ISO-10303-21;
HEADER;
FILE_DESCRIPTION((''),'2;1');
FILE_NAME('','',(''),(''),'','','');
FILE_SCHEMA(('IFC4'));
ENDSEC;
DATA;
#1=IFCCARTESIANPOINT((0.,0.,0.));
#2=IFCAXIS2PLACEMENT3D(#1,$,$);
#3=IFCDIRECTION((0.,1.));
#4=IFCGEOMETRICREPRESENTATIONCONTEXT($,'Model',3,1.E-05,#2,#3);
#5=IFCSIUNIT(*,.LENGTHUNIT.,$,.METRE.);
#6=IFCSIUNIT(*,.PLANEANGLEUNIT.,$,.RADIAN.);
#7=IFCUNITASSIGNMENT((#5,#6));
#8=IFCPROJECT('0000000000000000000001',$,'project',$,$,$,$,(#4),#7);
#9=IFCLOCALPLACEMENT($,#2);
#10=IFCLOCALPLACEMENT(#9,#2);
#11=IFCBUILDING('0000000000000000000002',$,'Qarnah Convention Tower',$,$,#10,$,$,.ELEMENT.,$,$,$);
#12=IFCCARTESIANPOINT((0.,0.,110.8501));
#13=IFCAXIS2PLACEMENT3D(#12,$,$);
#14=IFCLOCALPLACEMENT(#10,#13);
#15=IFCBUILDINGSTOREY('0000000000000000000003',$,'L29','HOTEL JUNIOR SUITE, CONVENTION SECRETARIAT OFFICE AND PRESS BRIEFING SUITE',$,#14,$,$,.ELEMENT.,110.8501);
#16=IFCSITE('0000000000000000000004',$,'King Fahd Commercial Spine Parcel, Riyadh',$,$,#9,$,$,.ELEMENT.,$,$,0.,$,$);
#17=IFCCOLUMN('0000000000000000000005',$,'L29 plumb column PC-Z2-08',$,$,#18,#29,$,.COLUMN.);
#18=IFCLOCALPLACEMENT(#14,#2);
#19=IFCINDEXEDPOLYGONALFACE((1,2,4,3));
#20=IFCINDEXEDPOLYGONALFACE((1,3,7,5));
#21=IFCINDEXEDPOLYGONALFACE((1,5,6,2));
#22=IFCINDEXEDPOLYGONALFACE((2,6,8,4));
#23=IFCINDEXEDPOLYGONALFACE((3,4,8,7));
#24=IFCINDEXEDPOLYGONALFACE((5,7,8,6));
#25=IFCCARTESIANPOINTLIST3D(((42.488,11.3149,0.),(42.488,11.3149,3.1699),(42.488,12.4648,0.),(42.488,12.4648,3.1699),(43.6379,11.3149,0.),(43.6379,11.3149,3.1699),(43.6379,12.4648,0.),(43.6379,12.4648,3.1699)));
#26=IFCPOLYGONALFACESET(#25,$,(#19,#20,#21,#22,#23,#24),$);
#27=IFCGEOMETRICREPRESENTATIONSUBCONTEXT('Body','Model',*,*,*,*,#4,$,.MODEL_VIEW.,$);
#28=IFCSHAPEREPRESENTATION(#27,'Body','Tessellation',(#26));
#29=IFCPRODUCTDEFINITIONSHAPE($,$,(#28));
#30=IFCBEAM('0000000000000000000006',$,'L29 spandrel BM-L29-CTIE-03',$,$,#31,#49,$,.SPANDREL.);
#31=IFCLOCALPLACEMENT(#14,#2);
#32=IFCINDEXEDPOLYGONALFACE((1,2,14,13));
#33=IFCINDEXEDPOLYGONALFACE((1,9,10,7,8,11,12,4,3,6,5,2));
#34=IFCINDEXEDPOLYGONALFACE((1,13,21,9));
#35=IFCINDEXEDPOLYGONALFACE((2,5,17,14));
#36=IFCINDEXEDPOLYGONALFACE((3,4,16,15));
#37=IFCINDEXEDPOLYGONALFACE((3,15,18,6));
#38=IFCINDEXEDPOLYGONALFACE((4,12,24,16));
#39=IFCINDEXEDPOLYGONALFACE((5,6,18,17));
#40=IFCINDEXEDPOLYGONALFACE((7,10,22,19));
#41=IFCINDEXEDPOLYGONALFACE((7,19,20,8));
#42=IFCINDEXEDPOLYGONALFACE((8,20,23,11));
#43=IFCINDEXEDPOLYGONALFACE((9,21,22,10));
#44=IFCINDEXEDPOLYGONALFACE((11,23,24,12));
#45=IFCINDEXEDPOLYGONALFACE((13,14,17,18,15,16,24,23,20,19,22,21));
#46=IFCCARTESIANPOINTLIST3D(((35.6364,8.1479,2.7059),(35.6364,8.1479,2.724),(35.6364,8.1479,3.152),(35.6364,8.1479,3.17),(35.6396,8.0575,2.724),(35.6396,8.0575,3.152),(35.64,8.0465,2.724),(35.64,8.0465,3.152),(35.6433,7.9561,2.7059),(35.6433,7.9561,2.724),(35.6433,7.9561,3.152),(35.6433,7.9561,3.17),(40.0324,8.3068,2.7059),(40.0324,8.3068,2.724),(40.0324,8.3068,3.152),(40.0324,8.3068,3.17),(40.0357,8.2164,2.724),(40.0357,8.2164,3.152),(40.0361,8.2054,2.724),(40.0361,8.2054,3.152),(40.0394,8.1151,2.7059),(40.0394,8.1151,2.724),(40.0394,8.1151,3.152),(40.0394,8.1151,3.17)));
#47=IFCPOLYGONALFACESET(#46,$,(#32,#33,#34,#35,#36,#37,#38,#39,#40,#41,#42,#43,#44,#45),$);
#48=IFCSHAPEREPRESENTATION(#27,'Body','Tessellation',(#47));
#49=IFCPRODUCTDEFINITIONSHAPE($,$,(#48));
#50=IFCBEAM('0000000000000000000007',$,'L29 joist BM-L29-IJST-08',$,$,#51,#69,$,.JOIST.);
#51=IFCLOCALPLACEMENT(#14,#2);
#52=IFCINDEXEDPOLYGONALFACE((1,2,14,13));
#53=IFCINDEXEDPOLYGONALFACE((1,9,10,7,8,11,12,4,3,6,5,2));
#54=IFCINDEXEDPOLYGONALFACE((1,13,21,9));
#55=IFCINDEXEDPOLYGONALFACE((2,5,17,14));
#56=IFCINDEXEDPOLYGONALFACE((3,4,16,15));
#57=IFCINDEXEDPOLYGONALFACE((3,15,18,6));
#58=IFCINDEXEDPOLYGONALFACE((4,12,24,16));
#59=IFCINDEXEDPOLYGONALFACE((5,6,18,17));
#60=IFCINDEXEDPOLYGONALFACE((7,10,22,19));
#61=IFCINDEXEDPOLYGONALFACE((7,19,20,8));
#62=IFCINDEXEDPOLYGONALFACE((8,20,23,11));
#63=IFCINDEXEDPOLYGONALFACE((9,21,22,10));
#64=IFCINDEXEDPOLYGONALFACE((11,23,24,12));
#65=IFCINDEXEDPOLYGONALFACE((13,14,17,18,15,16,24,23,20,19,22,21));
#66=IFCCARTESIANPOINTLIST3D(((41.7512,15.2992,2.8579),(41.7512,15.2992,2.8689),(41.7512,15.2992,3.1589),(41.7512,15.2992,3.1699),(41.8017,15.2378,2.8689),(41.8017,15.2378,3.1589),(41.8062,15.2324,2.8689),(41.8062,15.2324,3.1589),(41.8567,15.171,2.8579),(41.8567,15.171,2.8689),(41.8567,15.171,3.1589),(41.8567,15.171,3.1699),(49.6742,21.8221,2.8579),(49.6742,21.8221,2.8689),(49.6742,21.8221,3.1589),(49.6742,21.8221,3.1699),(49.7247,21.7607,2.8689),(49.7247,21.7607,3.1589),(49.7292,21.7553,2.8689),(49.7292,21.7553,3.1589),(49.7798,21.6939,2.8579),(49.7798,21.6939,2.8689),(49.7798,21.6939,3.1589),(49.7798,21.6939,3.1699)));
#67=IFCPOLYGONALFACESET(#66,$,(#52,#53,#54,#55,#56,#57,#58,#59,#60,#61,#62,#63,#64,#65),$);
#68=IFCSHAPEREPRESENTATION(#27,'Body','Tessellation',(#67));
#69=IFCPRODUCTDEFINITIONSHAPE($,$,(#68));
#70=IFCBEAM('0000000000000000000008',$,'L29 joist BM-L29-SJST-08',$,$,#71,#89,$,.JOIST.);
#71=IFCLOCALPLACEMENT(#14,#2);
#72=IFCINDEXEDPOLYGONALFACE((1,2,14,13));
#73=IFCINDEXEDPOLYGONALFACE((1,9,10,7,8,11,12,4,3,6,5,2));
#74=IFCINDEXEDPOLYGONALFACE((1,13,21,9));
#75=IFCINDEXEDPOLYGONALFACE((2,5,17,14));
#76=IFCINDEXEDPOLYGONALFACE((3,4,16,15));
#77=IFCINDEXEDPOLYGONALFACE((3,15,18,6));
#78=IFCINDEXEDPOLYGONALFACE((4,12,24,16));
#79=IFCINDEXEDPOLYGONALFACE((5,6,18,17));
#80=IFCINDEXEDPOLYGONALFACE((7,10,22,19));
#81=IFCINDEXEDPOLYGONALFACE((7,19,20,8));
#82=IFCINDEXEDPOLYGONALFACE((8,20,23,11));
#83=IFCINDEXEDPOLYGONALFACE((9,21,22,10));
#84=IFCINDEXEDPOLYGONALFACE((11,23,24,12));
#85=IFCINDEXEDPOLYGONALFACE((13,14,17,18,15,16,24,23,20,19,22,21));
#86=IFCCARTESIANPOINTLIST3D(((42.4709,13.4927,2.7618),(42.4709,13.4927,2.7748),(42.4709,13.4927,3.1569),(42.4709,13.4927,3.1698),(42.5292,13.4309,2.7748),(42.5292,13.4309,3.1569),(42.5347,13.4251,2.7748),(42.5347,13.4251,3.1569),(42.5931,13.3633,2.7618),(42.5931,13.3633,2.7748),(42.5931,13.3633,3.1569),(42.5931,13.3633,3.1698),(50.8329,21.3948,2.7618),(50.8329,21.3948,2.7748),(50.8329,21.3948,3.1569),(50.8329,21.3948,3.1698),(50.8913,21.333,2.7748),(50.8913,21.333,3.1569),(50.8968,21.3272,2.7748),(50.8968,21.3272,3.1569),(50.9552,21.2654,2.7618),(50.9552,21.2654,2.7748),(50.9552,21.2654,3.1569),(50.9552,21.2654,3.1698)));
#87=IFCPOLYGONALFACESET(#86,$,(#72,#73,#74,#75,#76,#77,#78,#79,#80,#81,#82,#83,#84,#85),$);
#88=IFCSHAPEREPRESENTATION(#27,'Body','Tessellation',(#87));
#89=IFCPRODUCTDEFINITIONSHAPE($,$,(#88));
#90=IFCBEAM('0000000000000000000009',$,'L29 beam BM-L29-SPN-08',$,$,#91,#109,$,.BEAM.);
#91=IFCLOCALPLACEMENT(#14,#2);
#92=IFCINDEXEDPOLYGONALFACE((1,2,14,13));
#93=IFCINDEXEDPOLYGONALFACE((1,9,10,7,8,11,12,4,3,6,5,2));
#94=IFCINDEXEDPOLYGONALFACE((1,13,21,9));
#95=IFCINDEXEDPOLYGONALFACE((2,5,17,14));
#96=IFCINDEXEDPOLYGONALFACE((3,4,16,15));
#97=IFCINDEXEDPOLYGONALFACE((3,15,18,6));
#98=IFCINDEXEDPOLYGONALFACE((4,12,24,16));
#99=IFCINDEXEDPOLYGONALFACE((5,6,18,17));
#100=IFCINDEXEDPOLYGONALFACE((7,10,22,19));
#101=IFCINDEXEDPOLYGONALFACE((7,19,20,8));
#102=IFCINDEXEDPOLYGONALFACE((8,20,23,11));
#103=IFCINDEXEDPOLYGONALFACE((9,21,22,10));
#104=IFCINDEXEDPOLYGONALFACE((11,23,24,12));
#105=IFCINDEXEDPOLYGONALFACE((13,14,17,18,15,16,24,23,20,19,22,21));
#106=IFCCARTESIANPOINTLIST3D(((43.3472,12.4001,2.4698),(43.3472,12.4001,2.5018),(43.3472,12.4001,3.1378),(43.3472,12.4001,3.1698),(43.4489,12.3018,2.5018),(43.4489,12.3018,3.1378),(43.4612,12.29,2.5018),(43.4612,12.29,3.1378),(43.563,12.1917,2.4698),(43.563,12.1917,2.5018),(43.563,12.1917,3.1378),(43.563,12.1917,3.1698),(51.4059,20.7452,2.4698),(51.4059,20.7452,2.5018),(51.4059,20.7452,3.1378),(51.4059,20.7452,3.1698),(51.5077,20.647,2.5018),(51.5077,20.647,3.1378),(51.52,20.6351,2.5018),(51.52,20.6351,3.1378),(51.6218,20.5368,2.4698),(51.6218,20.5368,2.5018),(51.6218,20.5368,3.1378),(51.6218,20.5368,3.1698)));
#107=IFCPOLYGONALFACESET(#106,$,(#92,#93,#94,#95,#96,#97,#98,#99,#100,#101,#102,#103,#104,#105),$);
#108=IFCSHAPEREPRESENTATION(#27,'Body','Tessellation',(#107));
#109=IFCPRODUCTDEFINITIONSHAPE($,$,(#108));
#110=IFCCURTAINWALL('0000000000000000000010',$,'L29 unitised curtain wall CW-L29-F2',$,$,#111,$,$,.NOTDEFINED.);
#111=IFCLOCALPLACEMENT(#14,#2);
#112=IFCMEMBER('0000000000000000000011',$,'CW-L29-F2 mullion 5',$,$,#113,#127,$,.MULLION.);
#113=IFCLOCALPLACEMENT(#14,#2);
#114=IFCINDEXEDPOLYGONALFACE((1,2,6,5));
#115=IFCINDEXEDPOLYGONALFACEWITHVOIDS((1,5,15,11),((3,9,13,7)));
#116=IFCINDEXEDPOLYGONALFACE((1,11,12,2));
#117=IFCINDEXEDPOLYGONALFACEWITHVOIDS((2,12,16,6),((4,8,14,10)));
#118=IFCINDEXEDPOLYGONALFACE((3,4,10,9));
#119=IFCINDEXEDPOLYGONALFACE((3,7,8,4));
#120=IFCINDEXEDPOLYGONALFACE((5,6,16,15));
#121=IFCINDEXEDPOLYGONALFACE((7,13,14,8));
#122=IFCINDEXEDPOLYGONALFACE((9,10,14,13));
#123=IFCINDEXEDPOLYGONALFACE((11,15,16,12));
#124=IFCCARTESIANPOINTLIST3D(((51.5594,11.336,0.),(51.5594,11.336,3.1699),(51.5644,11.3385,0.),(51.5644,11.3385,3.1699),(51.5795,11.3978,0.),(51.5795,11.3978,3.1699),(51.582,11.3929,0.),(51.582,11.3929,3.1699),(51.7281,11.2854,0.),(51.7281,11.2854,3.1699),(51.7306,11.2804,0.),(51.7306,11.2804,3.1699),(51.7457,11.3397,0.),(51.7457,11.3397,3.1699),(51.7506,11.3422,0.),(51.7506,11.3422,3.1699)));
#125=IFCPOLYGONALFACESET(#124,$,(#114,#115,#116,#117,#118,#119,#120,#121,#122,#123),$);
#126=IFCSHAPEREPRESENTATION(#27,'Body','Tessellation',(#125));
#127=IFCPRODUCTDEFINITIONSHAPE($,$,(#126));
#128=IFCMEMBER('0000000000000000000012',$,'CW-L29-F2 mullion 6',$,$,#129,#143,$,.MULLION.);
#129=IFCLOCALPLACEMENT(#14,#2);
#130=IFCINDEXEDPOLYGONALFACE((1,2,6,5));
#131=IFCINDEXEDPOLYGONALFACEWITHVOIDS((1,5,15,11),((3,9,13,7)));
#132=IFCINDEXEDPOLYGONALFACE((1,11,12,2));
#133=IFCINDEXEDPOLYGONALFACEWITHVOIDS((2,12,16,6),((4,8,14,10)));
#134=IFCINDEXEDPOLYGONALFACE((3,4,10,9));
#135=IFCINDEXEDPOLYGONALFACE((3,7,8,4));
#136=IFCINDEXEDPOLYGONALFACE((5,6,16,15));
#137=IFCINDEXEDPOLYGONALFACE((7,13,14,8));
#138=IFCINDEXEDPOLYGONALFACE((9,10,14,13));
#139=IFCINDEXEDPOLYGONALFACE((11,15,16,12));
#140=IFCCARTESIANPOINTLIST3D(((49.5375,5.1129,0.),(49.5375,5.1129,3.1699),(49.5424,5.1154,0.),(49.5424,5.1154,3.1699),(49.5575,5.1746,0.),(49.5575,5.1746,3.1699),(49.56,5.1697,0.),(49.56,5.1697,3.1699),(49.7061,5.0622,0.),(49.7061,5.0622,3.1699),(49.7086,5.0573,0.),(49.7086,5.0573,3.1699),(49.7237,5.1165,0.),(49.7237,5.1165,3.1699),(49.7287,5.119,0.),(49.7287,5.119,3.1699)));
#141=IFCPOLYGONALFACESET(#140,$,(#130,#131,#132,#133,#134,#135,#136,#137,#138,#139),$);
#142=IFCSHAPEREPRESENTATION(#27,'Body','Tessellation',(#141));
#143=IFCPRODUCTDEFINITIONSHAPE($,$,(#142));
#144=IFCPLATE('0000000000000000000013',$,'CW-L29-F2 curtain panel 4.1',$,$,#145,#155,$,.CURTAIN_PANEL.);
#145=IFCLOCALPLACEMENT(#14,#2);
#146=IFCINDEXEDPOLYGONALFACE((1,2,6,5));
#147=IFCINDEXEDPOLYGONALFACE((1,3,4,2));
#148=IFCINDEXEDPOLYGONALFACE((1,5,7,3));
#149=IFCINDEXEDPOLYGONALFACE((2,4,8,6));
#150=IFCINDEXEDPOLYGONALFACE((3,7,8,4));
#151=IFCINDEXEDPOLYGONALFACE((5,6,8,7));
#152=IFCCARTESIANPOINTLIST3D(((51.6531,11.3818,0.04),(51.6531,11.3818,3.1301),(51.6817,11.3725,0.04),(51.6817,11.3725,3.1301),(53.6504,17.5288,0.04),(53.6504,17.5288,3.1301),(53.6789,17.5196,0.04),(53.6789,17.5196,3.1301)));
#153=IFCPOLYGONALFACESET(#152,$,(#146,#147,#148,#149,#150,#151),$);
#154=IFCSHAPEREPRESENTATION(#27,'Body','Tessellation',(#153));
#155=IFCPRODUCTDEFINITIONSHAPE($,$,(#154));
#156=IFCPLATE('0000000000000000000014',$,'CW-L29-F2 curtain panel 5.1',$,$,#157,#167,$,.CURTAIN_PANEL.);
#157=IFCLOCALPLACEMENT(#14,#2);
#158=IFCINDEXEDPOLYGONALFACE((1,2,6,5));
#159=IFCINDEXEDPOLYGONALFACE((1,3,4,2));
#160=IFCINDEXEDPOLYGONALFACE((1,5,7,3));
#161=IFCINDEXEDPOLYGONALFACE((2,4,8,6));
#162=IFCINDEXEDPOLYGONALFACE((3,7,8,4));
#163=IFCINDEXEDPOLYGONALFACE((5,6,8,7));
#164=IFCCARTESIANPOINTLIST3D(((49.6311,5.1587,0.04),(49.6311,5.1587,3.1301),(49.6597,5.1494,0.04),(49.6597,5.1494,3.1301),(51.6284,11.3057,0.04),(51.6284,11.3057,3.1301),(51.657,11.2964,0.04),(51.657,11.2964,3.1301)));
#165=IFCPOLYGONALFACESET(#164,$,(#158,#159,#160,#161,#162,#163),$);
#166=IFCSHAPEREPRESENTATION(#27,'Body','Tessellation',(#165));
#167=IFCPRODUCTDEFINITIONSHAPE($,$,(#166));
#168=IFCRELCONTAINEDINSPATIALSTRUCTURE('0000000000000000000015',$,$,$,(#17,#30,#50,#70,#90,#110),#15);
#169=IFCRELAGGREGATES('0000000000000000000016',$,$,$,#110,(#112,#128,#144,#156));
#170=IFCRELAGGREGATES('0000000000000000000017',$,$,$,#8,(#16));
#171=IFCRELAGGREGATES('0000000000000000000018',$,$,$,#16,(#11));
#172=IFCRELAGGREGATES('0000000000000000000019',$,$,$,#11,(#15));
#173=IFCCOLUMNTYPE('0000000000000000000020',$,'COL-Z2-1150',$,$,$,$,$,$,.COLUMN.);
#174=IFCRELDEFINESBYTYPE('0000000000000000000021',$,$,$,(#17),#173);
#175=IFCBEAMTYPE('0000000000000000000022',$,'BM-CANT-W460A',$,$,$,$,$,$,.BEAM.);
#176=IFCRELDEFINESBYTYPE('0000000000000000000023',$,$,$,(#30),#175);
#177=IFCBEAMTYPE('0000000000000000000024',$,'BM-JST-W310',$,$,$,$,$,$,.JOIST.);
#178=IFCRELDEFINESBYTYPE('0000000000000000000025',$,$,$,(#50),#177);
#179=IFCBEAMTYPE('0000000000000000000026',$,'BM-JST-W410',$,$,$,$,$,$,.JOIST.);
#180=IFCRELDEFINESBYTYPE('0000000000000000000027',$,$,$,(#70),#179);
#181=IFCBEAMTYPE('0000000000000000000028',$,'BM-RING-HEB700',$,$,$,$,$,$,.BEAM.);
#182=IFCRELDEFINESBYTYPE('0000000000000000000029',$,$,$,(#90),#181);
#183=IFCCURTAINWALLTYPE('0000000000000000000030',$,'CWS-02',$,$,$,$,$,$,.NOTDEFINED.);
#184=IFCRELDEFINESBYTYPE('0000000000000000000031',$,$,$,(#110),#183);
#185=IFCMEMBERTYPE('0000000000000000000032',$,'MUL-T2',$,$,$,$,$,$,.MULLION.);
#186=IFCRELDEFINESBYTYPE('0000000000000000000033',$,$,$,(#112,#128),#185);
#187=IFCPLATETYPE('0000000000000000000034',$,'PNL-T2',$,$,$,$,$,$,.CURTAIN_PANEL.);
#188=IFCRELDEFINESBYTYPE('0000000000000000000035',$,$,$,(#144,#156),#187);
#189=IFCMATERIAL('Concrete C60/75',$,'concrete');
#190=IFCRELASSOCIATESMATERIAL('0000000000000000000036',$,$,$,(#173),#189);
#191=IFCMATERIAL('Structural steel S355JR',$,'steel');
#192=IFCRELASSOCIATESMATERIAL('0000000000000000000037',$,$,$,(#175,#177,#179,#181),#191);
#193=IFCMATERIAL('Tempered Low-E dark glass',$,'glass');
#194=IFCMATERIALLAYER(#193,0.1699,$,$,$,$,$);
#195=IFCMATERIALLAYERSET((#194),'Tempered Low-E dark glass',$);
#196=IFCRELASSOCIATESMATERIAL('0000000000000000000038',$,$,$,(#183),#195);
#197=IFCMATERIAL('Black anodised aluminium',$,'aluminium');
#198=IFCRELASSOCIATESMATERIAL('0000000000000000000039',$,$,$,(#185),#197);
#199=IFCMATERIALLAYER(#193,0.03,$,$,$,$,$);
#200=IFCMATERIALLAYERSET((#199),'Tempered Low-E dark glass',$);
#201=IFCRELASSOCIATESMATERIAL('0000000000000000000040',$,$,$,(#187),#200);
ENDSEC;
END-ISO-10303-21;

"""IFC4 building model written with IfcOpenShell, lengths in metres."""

from ifc_helpers import new_model, si_unit, direction, frame, origin, origin_2d, place, context, subcontext, project, spatial, rectangle, hollow_rectangle, i_section, extrude, material, layer, layer_set, material_profile, profile_set, type_object, element, aggregate, save


model = new_model("IFC4")

# Units and contexts
model_context = context("Model", 3, precision=1e-05, world=origin(), true_north=direction((0.0, 1.0)))
body_context = subcontext(model_context, "Body", "Model", "MODEL_VIEW")
ifc_project = project(units=[si_unit("LENGTHUNIT", "METRE"), si_unit("PLANEANGLEUNIT", "RADIAN")], contexts=[model_context])

# Site, building, storey
site_placement = place(None, origin())
site = spatial("IfcSite", under=ifc_project, at=site_placement, Name="King Fahd Commercial Spine Parcel, Riyadh", CompositionType="ELEMENT", RefElevation=0.0)
building_placement = place(site_placement, origin())
building = spatial("IfcBuilding", under=site, at=building_placement, Name="Qarnah Convention Tower", CompositionType="ELEMENT")
storey_placement = place(building_placement, frame((0.0, 0.0, 110.8501)))
storey = spatial("IfcBuildingStorey", under=building, at=storey_placement, Name="L29", Description="HOTEL JUNIOR SUITE, CONVENTION SECRETARIAT OFFICE AND PRESS BRIEFING SUITE", CompositionType="ELEMENT", Elevation=110.8501)

# Column
ifc_material_1 = material(Name="Concrete C60/75", Category="concrete")
ifc_material_profile_1 = material_profile(ifc_material_1, rectangle(XDim=1.1499, YDim=1.1499, at=origin_2d()), Name="RC-COL-1150X1150")
ifc_profile_set_1 = profile_set([ifc_material_profile_1], Name="Concrete C60/75")
column_type = type_object("IfcColumnType", Name="COL-Z2-1150", PredefinedType="COLUMN", material=ifc_profile_set_1)
column_placement = place(storey_placement, frame((43.063, 11.8899, 0.0), z_axis=(0.0, 0.0, 1.0), x_axis=(1.0, 0.0, 0.0)))
element("IfcColumn", 1, at=column_placement, inside=storey, type_object=column_type, Name="L29 plumb column PC-Z2-08", PredefinedType="COLUMN", context=body_context, shape_type="SweptSolid", body=[
    extrude(rectangle(XDim=1.1499, YDim=1.1499, at=origin_2d()), origin(), (0.0, 0.0, 1.0), 3.1699),
])

# Beams
ifc_material_2 = material(Name="Structural steel S355JR", Category="steel")
ifc_material_profile_2 = material_profile(ifc_material_2, i_section(OverallWidth=0.1919, OverallDepth=0.4641, WebThickness=0.011, FlangeThickness=0.0181, at=origin_2d()), Name="W460X89")
ifc_profile_set_2 = profile_set([ifc_material_profile_2], Name="Structural steel S355JR")
beam_type_1 = type_object("IfcBeamType", Name="BM-CANT-W460A", PredefinedType="BEAM", material=ifc_profile_set_2)
beam_1_placement = place(storey_placement, frame((40.0359, 8.2109, 2.938), z_axis=(-0.999347, -0.036131, 0.0), x_axis=(0.036131, -0.999347, 0.0)))
element("IfcBeam", 2, at=beam_1_placement, inside=storey, type_object=beam_type_1, Name="L29 spandrel BM-L29-CTIE-03", PredefinedType="SPANDREL", context=body_context, shape_type="SweptSolid", body=[
    extrude(i_section(OverallWidth=0.1919, OverallDepth=0.4641, WebThickness=0.011, FlangeThickness=0.0181, at=origin_2d()), origin(), (0.0, 0.0, 1.0), 4.3989),
])
ifc_material_profile_3 = material_profile(ifc_material_2, i_section(OverallWidth=0.166, OverallDepth=0.312, WebThickness=0.0071, FlangeThickness=0.011, at=origin_2d()), Name="W310X45")
ifc_profile_set_3 = profile_set([ifc_material_profile_3], Name="Structural steel S355JR")
beam_type_2 = type_object("IfcBeamType", Name="BM-JST-W310", PredefinedType="JOIST", material=ifc_profile_set_3)
beam_2_placement = place(storey_placement, frame((41.804, 15.2351, 3.0139), z_axis=(0.772024, 0.635594, 0.0), x_axis=(-0.635594, 0.772024, 0.0)))
element("IfcBeam", 3, at=beam_2_placement, inside=storey, type_object=beam_type_2, Name="L29 joist BM-L29-IJST-08", PredefinedType="JOIST", context=body_context, shape_type="SweptSolid", body=[
    extrude(i_section(OverallWidth=0.166, OverallDepth=0.312, WebThickness=0.0071, FlangeThickness=0.011, at=origin_2d()), origin(), (0.0, 0.0, 1.0), 10.2627),
])
ifc_material_profile_4 = material_profile(ifc_material_2, i_section(OverallWidth=0.178, OverallDepth=0.408, WebThickness=0.0081, FlangeThickness=0.0129, at=origin_2d()), Name="W410X60")
ifc_profile_set_4 = profile_set([ifc_material_profile_4], Name="Structural steel S355JR")
beam_type_3 = type_object("IfcBeamType", Name="BM-JST-W410", PredefinedType="JOIST", material=ifc_profile_set_4)
beam_3_placement = place(storey_placement, frame((42.532, 13.428, 2.9658), z_axis=(0.726814, 0.686835, 0.0), x_axis=(-0.686835, 0.726814, 0.0)))
element("IfcBeam", 4, at=beam_3_placement, inside=storey, type_object=beam_type_3, Name="L29 joist BM-L29-SJST-08", PredefinedType="JOIST", context=body_context, shape_type="SweptSolid", body=[
    extrude(i_section(OverallWidth=0.178, OverallDepth=0.408, WebThickness=0.0081, FlangeThickness=0.0129, at=origin_2d()), origin(), (0.0, 0.0, 1.0), 11.5051),
])
ifc_material_profile_5 = material_profile(ifc_material_2, i_section(OverallWidth=0.3, OverallDepth=0.7, WebThickness=0.0171, FlangeThickness=0.032, at=origin_2d()), Name="HEB700")
ifc_profile_set_5 = profile_set([ifc_material_profile_5], Name="Structural steel S355JR")
beam_type_4 = type_object("IfcBeamType", Name="BM-RING-HEB700", PredefinedType="BEAM", material=ifc_profile_set_5)
beam_4_placement = place(storey_placement, frame((43.4551, 12.2959, 2.8198), z_axis=(0.694656, 0.719342, 0.0), x_axis=(-0.719342, 0.694656, 0.0)))
element("IfcBeam", 5, at=beam_4_placement, inside=storey, type_object=beam_type_4, Name="L29 beam BM-L29-SPN-08", PredefinedType="BEAM", context=body_context, shape_type="SweptSolid", body=[
    extrude(i_section(OverallWidth=0.3, OverallDepth=0.7, WebThickness=0.0171, FlangeThickness=0.032, at=origin_2d()), origin(), (0.0, 0.0, 1.0), 11.6011),
])

# Curtain wall, members, plates
ifc_material_3 = material(Name="Tempered Low-E dark glass", Category="glass")
ifc_layer_1 = layer(ifc_material_3, 0.1699)
ifc_layer_set_1 = layer_set([ifc_layer_1], Name="Tempered Low-E dark glass")
curtain_wall_type = type_object("IfcCurtainWallType", Name="CWS-02", PredefinedType="NOTDEFINED", material=ifc_layer_set_1)
curtain_wall_placement = place(storey_placement, origin())
curtain_wall = element("IfcCurtainWall", 6, at=curtain_wall_placement, inside=storey, type_object=curtain_wall_type, Name="L29 unitised curtain wall CW-L29-F2", PredefinedType="NOTDEFINED")
ifc_material_4 = material(Name="Black anodised aluminium", Category="aluminium")
ifc_material_profile_6 = material_profile(ifc_material_4, hollow_rectangle(XDim=0.0649, YDim=0.1799, WallThickness=0.0039, at=origin_2d()), Name="MUL-65X180")
ifc_profile_set_6 = profile_set([ifc_material_profile_6], Name="Black anodised aluminium")
member_type = type_object("IfcMemberType", Name="MUL-T2", PredefinedType="MULLION", material=ifc_profile_set_6)
member_1_placement = place(storey_placement, frame((51.655, 11.3391, 0.0), z_axis=(0.0, 0.0, 1.0), x_axis=(-0.309011, -0.951058, 0.0)))
member_1 = element("IfcMember", 7, at=member_1_placement, type_object=member_type, Name="CW-L29-F2 mullion 5", PredefinedType="MULLION", context=body_context, shape_type="SweptSolid", body=[
    extrude(hollow_rectangle(XDim=0.0649, YDim=0.1799, WallThickness=0.0039, at=origin_2d()), origin(), (0.0, 0.0, 1.0), 3.1699),
])
member_2_placement = place(storey_placement, frame((49.6331, 5.116, 0.0), z_axis=(0.0, 0.0, 1.0), x_axis=(-0.309011, -0.951058, 0.0)))
member_2 = element("IfcMember", 8, at=member_2_placement, type_object=member_type, Name="CW-L29-F2 mullion 6", PredefinedType="MULLION", context=body_context, shape_type="SweptSolid", body=[
    extrude(hollow_rectangle(XDim=0.0649, YDim=0.1799, WallThickness=0.0039, at=origin_2d()), origin(), (0.0, 0.0, 1.0), 3.1699),
])
ifc_layer_2 = layer(ifc_material_3, 0.03)
ifc_layer_set_2 = layer_set([ifc_layer_2], Name="Tempered Low-E dark glass")
plate_type = type_object("IfcPlateType", Name="PNL-T2", PredefinedType="CURTAIN_PANEL", material=ifc_layer_set_2)
plate_1_placement = place(storey_placement, frame((52.666, 14.4507, 0.04), z_axis=(0.0, 0.0, 1.0), x_axis=(-0.309011, -0.951058, 0.0)))
plate_1 = element("IfcPlate", 9, at=plate_1_placement, type_object=plate_type, Name="CW-L29-F2 curtain panel 4.1", PredefinedType="CURTAIN_PANEL", context=body_context, shape_type="SweptSolid", body=[
    extrude(rectangle(XDim=6.4634, YDim=0.03, at=origin_2d()), origin(), (0.0, 0.0, 1.0), 3.0901),
])
plate_2_placement = place(storey_placement, frame((50.644, 8.2275, 0.04), z_axis=(0.0, 0.0, 1.0), x_axis=(-0.309011, -0.951058, 0.0)))
plate_2 = element("IfcPlate", 10, at=plate_2_placement, type_object=plate_type, Name="CW-L29-F2 curtain panel 5.1", PredefinedType="CURTAIN_PANEL", context=body_context, shape_type="SweptSolid", body=[
    extrude(rectangle(XDim=6.4634, YDim=0.03, at=origin_2d()), origin(), (0.0, 0.0, 1.0), 3.0901),
])
aggregate(curtain_wall, [member_1, member_2, plate_1, plate_2])

save(model, "model.ifc")
